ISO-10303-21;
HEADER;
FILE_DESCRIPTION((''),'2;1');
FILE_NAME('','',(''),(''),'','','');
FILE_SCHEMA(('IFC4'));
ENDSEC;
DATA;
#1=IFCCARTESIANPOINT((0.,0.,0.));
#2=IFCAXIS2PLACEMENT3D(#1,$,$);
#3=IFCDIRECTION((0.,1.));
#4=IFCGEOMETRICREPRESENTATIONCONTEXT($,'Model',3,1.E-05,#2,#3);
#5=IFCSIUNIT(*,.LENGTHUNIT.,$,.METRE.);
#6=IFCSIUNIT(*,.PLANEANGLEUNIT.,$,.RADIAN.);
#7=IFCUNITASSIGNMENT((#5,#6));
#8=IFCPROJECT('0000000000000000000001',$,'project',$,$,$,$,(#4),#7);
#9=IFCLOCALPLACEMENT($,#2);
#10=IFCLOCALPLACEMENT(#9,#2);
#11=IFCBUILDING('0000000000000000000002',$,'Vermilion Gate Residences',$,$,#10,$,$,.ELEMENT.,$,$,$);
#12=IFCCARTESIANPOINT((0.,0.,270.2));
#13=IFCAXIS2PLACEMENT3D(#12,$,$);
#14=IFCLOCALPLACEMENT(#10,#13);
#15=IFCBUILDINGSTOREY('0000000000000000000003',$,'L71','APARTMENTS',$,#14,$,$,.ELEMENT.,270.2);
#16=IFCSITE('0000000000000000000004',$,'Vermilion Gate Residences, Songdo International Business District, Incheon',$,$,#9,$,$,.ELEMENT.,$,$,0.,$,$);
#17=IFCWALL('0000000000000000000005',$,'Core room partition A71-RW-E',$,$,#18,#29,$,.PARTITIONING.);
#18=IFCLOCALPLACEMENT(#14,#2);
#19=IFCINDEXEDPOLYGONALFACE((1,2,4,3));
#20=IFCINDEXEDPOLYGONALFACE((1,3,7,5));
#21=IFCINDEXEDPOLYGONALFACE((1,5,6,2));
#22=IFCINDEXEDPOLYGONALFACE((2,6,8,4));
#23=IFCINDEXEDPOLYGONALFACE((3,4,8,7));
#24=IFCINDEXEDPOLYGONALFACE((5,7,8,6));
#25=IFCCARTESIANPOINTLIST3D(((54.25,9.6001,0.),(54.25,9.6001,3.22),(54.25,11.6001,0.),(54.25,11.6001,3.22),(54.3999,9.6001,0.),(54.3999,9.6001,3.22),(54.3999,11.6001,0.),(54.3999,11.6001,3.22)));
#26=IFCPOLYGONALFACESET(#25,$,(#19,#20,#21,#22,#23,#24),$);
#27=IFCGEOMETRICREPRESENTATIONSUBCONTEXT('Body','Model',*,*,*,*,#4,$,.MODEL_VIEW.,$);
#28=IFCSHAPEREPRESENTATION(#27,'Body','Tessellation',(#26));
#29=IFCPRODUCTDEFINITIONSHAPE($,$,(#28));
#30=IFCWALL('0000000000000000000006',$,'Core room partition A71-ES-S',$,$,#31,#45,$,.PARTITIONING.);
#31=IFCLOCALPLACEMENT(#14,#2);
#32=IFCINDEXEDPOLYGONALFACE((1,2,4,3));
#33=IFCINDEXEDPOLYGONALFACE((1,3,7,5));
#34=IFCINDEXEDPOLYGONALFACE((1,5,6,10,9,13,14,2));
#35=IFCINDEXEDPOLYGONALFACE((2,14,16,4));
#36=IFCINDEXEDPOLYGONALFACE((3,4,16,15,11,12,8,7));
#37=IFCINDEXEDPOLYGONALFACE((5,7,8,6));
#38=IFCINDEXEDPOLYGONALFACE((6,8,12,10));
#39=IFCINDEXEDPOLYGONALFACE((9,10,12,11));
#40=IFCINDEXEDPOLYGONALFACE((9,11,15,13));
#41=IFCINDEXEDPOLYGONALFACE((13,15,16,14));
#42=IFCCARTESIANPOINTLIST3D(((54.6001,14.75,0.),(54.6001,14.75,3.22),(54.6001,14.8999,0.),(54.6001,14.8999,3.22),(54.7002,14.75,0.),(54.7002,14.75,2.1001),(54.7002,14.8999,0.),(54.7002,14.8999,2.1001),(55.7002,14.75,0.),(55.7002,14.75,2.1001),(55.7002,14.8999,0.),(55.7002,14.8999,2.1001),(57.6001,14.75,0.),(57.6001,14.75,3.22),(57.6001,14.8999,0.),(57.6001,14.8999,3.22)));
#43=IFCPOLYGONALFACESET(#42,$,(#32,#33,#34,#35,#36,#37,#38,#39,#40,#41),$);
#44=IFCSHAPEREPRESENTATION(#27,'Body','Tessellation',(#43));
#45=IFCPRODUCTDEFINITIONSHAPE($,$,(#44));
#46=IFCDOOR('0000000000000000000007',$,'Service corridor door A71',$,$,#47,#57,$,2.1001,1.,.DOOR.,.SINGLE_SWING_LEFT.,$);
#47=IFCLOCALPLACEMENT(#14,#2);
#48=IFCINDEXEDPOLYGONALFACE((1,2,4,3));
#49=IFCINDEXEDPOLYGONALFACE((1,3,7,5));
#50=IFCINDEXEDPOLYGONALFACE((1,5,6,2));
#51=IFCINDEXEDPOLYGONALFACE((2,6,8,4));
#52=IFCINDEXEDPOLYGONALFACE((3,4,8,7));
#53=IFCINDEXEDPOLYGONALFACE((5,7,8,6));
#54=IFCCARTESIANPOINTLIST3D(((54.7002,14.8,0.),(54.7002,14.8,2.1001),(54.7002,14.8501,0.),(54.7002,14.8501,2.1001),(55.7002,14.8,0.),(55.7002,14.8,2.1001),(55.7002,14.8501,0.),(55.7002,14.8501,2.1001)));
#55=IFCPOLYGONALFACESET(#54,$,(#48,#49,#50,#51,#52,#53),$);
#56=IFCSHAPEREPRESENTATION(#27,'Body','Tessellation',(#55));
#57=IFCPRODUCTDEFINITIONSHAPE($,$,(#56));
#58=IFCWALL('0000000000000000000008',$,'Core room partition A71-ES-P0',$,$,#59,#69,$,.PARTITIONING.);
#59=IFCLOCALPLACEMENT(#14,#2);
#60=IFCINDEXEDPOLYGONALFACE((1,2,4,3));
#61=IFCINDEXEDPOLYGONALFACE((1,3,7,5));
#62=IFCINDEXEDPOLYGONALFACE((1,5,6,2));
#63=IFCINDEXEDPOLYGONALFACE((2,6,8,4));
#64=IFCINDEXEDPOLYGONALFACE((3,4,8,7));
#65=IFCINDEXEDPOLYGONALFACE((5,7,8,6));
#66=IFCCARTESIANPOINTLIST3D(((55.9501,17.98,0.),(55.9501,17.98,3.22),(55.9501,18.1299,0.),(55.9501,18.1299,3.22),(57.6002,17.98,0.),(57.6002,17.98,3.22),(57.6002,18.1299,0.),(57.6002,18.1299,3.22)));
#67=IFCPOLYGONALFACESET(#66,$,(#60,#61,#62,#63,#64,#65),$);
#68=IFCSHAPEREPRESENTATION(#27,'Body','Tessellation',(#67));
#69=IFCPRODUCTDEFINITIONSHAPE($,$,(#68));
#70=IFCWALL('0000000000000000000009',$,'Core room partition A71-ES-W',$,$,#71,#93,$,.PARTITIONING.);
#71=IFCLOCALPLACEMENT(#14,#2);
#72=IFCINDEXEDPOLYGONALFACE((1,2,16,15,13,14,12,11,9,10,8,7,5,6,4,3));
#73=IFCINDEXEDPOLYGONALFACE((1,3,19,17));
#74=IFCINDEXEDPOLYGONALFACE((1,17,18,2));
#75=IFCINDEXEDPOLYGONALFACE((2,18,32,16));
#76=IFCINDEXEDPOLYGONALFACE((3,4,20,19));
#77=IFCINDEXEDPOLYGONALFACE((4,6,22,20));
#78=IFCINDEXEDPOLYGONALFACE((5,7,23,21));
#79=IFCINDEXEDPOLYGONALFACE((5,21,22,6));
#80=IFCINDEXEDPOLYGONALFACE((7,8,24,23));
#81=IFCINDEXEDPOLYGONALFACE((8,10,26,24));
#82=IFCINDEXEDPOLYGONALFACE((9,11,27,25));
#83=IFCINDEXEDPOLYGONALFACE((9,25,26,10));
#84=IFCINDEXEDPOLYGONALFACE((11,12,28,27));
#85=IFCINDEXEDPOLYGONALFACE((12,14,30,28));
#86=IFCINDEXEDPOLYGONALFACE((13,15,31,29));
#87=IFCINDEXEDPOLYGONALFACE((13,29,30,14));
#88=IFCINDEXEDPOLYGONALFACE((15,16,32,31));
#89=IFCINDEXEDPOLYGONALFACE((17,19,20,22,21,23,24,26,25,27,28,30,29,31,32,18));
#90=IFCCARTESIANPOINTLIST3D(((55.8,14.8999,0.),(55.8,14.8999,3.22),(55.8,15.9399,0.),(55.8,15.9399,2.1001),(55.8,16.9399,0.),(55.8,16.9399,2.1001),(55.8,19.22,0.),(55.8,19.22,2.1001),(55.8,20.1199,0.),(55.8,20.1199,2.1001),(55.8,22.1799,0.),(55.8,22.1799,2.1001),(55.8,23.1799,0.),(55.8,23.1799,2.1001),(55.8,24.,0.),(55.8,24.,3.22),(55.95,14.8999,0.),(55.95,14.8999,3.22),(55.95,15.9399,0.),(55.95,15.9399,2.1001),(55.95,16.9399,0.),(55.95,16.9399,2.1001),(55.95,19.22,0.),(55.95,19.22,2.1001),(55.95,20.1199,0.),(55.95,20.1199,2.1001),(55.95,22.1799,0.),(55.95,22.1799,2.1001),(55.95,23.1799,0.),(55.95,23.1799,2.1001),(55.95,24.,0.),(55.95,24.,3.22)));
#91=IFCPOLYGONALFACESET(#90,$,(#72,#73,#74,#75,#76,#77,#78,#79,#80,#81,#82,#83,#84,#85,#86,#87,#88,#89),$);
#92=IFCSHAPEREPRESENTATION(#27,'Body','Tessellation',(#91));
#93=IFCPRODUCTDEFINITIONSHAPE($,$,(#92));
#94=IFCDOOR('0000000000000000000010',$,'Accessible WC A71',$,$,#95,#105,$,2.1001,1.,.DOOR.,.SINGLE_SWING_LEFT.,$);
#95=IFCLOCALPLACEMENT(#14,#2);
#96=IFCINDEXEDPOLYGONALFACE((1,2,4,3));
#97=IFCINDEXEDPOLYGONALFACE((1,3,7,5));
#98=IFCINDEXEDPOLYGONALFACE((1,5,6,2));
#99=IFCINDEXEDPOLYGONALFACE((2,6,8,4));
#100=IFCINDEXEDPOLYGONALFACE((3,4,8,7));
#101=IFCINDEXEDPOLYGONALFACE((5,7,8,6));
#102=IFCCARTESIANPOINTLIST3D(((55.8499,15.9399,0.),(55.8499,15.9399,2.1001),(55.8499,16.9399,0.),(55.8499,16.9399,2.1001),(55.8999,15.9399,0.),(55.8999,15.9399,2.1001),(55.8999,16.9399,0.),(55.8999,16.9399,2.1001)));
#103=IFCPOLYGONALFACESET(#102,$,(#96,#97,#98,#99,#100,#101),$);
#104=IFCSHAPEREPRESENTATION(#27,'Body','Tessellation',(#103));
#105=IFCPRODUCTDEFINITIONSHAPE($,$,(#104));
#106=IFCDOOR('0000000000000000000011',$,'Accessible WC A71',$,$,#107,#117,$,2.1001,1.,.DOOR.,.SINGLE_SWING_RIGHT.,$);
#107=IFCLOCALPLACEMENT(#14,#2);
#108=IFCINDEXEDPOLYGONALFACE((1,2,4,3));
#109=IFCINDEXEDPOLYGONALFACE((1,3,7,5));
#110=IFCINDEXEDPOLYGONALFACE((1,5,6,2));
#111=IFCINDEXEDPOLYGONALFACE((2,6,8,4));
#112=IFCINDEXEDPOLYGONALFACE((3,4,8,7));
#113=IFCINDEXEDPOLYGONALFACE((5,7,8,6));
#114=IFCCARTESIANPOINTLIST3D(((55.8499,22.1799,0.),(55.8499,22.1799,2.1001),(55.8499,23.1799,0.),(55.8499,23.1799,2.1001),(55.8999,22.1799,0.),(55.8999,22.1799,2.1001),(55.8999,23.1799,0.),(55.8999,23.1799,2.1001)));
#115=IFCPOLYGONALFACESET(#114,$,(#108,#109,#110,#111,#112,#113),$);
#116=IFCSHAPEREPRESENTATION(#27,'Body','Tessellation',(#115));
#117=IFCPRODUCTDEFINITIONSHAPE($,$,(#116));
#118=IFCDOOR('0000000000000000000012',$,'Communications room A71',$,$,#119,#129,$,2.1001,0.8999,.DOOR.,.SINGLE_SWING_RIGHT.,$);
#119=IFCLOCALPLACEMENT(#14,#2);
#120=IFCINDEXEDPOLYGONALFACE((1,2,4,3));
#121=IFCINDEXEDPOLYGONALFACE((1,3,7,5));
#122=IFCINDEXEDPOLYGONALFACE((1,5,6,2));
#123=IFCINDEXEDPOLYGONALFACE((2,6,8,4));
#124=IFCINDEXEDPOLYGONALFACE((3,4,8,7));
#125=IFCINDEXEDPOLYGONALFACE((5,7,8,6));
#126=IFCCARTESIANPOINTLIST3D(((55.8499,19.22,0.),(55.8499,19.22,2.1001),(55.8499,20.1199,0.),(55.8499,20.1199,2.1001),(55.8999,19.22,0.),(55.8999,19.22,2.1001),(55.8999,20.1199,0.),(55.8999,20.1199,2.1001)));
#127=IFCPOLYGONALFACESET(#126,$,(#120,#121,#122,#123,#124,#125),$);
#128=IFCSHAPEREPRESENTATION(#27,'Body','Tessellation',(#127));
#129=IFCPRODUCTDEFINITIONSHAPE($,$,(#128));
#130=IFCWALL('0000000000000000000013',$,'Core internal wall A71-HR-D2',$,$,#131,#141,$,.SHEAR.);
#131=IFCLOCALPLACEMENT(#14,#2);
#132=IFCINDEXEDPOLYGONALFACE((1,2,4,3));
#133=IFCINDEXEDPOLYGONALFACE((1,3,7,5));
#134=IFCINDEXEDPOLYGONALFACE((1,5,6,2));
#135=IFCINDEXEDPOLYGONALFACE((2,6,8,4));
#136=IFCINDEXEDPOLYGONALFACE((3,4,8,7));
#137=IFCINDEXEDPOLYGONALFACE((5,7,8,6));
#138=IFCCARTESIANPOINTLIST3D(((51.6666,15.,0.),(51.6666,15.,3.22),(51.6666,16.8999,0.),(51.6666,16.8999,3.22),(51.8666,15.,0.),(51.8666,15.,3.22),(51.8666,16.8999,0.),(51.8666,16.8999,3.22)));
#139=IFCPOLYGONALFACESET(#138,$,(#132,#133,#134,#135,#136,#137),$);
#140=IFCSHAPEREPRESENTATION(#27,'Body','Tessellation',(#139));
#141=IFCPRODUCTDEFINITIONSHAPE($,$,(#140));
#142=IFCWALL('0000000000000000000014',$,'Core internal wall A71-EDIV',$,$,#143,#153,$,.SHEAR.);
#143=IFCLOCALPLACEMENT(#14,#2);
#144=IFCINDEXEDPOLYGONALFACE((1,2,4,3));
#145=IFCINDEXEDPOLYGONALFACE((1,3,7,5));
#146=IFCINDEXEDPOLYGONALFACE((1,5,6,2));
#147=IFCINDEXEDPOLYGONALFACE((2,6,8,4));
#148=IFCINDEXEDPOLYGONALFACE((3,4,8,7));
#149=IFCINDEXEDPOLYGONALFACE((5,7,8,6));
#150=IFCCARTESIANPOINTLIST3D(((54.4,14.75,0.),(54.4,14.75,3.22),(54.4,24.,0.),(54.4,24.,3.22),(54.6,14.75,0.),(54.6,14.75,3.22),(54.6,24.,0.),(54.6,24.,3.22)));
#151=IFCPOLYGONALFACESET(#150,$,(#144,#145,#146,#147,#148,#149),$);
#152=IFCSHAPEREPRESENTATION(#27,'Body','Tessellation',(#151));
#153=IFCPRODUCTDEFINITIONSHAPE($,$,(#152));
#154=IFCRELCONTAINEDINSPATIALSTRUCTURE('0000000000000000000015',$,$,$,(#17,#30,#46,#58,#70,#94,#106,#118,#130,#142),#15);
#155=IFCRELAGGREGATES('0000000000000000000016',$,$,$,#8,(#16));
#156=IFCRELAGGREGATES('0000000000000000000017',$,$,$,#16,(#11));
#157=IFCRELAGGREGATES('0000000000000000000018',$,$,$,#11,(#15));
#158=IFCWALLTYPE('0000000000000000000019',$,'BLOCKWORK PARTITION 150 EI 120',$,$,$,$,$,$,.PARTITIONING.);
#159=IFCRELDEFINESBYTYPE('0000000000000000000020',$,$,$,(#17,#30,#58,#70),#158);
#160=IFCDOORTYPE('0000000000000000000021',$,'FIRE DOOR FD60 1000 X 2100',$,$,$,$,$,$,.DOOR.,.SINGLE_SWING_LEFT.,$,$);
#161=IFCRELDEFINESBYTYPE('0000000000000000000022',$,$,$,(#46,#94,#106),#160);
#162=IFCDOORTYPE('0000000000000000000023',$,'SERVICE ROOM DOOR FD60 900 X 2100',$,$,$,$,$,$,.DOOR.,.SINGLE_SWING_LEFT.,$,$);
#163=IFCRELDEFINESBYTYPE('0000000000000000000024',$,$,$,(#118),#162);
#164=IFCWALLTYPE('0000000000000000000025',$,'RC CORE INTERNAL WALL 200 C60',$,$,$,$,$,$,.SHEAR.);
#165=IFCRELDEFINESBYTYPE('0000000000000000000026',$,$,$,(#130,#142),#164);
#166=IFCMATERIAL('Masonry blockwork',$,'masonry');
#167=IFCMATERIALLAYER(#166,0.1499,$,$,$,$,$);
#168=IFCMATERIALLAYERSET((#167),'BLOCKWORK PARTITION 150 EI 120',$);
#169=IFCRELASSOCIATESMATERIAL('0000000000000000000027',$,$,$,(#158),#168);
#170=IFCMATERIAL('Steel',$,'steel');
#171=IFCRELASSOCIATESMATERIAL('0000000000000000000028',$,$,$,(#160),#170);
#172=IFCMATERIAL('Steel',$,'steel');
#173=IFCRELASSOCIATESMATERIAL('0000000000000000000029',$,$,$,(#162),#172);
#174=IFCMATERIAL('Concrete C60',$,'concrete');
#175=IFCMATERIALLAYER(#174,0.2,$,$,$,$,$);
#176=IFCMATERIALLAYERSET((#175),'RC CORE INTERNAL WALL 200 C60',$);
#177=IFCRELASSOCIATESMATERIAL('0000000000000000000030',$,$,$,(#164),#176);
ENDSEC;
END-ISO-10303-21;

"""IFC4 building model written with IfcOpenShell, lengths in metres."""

from ifc_helpers import new_model, si_unit, direction, frame, frame_2d, origin, place, context, subcontext, project, spatial, rectangle, extrude, material, layer, layer_set, type_object, element, fill, save


model = new_model("IFC4")

# Units and contexts
model_context = context("Model", 3, precision=1e-05, world=origin(), true_north=direction((0.0, 1.0)))
body_context = subcontext(model_context, "Body", "Model", "MODEL_VIEW")
ifc_project = project(units=[si_unit("LENGTHUNIT", "METRE"), si_unit("PLANEANGLEUNIT", "RADIAN")], contexts=[model_context])

# Site, building, storey
site_placement = place(None, origin())
site = spatial("IfcSite", under=ifc_project, at=site_placement, Name="Vermilion Gate Residences, Songdo International Business District, Incheon", CompositionType="ELEMENT", RefElevation=0.0)
building_placement = place(site_placement, origin())
building = spatial("IfcBuilding", under=site, at=building_placement, Name="Vermilion Gate Residences", CompositionType="ELEMENT")
storey_placement = place(building_placement, frame((0.0, 0.0, 270.2)))
storey = spatial("IfcBuildingStorey", under=building, at=storey_placement, Name="L71", Description="APARTMENTS", CompositionType="ELEMENT", Elevation=270.2)

# Wall
ifc_material_1 = material(Name="Masonry blockwork", Category="masonry")
ifc_layer_1 = layer(ifc_material_1, 0.1499)
ifc_layer_set_1 = layer_set([ifc_layer_1], Name="BLOCKWORK PARTITION 150 EI 120")
wall_type_1 = type_object("IfcWallType", Name="BLOCKWORK PARTITION 150 EI 120", PredefinedType="PARTITIONING", material=ifc_layer_set_1)
wall_1_placement = place(storey_placement, frame((54.325, 9.6001, 0.0), z_axis=(0.0, 0.0, 1.0), x_axis=(0.0, 1.0, 0.0)))
element("IfcWall", 1, at=wall_1_placement, inside=storey, type_object=wall_type_1, Name="Core room partition A71-RW-E", PredefinedType="PARTITIONING", context=body_context, shape_type="SweptSolid", body=[
    extrude(rectangle(XDim=2.0, YDim=0.1499, at=frame_2d((1.0, 0.0))), origin(), (0.0, 0.0, 1.0), 3.22),
])

# Wall, opening, door
wall_2_placement = place(storey_placement, frame((54.6001, 14.825, 0.0), z_axis=(0.0, 0.0, 1.0), x_axis=(1.0, 0.0, 0.0)))
wall_2 = element("IfcWall", 2, at=wall_2_placement, inside=storey, type_object=wall_type_1, Name="Core room partition A71-ES-S", PredefinedType="PARTITIONING", context=body_context, shape_type="SweptSolid", body=[
    extrude(rectangle(XDim=3.0, YDim=0.1499, at=frame_2d((1.5, 0.0))), origin(), (0.0, 0.0, 1.0), 3.22),
])
opening_1_placement = place(wall_2_placement, frame((0.1001, 0.0, 0.0)))
opening_1 = element("IfcOpeningElement", 3, at=opening_1_placement, cuts=wall_2, PredefinedType="OPENING", context=body_context, shape_type="SweptSolid", body=[
    extrude(rectangle(XDim=1.0, YDim=2.1001, at=frame_2d((0.5, 1.05))), frame((0.0, 0.085, 0.0), z_axis=(0.0, -1.0, 0.0), x_axis=(1.0, 0.0, 0.0)), (0.0, 0.0, 1.0), 0.1699),
])
ifc_material_2 = material(Name="Steel", Category="steel")
door_type_1 = type_object("IfcDoorType", Name="FIRE DOOR FD60 1000 X 2100", OperationType="SINGLE_SWING_LEFT", PredefinedType="DOOR", material=ifc_material_2)
door_1_placement = place(opening_1_placement, frame((1.0, 0.0, 0.0), z_axis=(0.0, 0.0, 1.0), x_axis=(-1.0, 0.0, 0.0)))
door_1 = element("IfcDoor", 4, at=door_1_placement, inside=storey, type_object=door_type_1, Name="Service corridor door A71", OperationType="SINGLE_SWING_LEFT", OverallHeight=2.1001, OverallWidth=1.0, PredefinedType="DOOR", context=body_context, shape_type="SweptSolid", body=[
    extrude(rectangle(XDim=1.0, YDim=2.1001, at=frame_2d((0.5, 1.05))), frame((0.0, 0.0249, 0.0), z_axis=(0.0, -1.0, 0.0), x_axis=(1.0, 0.0, 0.0)), (0.0, 0.0, 1.0), 0.05),
])
fill(opening_1, door_1)

# Wall
wall_3_placement = place(storey_placement, frame((55.95, 18.0549, 0.0), z_axis=(0.0, 0.0, 1.0), x_axis=(1.0, 0.0, 0.0)))
element("IfcWall", 5, at=wall_3_placement, inside=storey, type_object=wall_type_1, Name="Core room partition A71-ES-P0", PredefinedType="PARTITIONING", context=body_context, shape_type="SweptSolid", body=[
    extrude(rectangle(XDim=1.6501, YDim=0.1499, at=frame_2d((0.8252, 0.0))), origin(), (0.0, 0.0, 1.0), 3.22),
])

# Wall, openings, doors
wall_4_placement = place(storey_placement, frame((55.875, 14.8999, 0.0), z_axis=(0.0, 0.0, 1.0), x_axis=(0.0, 1.0, 0.0)))
wall_4 = element("IfcWall", 6, at=wall_4_placement, inside=storey, type_object=wall_type_1, Name="Core room partition A71-ES-W", PredefinedType="PARTITIONING", context=body_context, shape_type="SweptSolid", body=[
    extrude(rectangle(XDim=9.1001, YDim=0.1499, at=frame_2d((4.55, 0.0))), origin(), (0.0, 0.0, 1.0), 3.22),
])
opening_2_placement = place(wall_4_placement, frame((1.04, 0.0, 0.0)))
opening_2 = element("IfcOpeningElement", 7, at=opening_2_placement, cuts=wall_4, PredefinedType="OPENING", context=body_context, shape_type="SweptSolid", body=[
    extrude(rectangle(XDim=1.0, YDim=2.1001, at=frame_2d((0.5, 1.05))), frame((0.0, 0.085, 0.0), z_axis=(0.0, -1.0, 0.0), x_axis=(1.0, 0.0, 0.0)), (0.0, 0.0, 1.0), 0.1699),
])
opening_3_placement = place(wall_4_placement, frame((4.3201, 0.0, 0.0)))
opening_3 = element("IfcOpeningElement", 8, at=opening_3_placement, cuts=wall_4, PredefinedType="OPENING", context=body_context, shape_type="SweptSolid", body=[
    extrude(rectangle(XDim=0.8999, YDim=2.1001, at=frame_2d((0.45, 1.05))), frame((0.0, 0.085, 0.0), z_axis=(0.0, -1.0, 0.0), x_axis=(1.0, 0.0, 0.0)), (0.0, 0.0, 1.0), 0.1699),
])
opening_4_placement = place(wall_4_placement, frame((7.28, 0.0, 0.0)))
opening_4 = element("IfcOpeningElement", 9, at=opening_4_placement, cuts=wall_4, PredefinedType="OPENING", context=body_context, shape_type="SweptSolid", body=[
    extrude(rectangle(XDim=1.0, YDim=2.1001, at=frame_2d((0.5, 1.05))), frame((0.0, 0.085, 0.0), z_axis=(0.0, -1.0, 0.0), x_axis=(1.0, 0.0, 0.0)), (0.0, 0.0, 1.0), 0.1699),
])
door_2_placement = place(opening_2_placement, frame((1.0, 0.0, 0.0), z_axis=(0.0, 0.0, 1.0), x_axis=(-1.0, 0.0, 0.0)))
door_2 = element("IfcDoor", 10, at=door_2_placement, inside=storey, type_object=door_type_1, Name="Accessible WC A71", OperationType="SINGLE_SWING_LEFT", OverallHeight=2.1001, OverallWidth=1.0, PredefinedType="DOOR", context=body_context, shape_type="SweptSolid", body=[
    extrude(rectangle(XDim=1.0, YDim=2.1001, at=frame_2d((0.5, 1.05))), frame((0.0, 0.0249, 0.0), z_axis=(0.0, -1.0, 0.0), x_axis=(1.0, 0.0, 0.0)), (0.0, 0.0, 1.0), 0.05),
])
fill(opening_2, door_2)
door_3_placement = place(opening_4_placement, frame((1.0, 0.0, 0.0), z_axis=(0.0, 0.0, 1.0), x_axis=(-1.0, 0.0, 0.0)))
door_3 = element("IfcDoor", 11, at=door_3_placement, inside=storey, type_object=door_type_1, Name="Accessible WC A71", OperationType="SINGLE_SWING_RIGHT", OverallHeight=2.1001, OverallWidth=1.0, PredefinedType="DOOR", context=body_context, shape_type="SweptSolid", body=[
    extrude(rectangle(XDim=1.0, YDim=2.1001, at=frame_2d((0.5, 1.05))), frame((0.0, 0.0249, 0.0), z_axis=(0.0, -1.0, 0.0), x_axis=(1.0, 0.0, 0.0)), (0.0, 0.0, 1.0), 0.05),
])
fill(opening_4, door_3)
ifc_material_3 = material(Name="Steel", Category="steel")
door_type_2 = type_object("IfcDoorType", Name="SERVICE ROOM DOOR FD60 900 X 2100", OperationType="SINGLE_SWING_LEFT", PredefinedType="DOOR", material=ifc_material_3)
door_4_placement = place(opening_3_placement, frame((0.8999, 0.0, 0.0), z_axis=(0.0, 0.0, 1.0), x_axis=(-1.0, 0.0, 0.0)))
door_4 = element("IfcDoor", 12, at=door_4_placement, inside=storey, type_object=door_type_2, Name="Communications room A71", OperationType="SINGLE_SWING_RIGHT", OverallHeight=2.1001, OverallWidth=0.8999, PredefinedType="DOOR", context=body_context, shape_type="SweptSolid", body=[
    extrude(rectangle(XDim=0.8999, YDim=2.1001, at=frame_2d((0.45, 1.05))), frame((0.0, 0.0249, 0.0), z_axis=(0.0, -1.0, 0.0), x_axis=(1.0, 0.0, 0.0)), (0.0, 0.0, 1.0), 0.05),
])
fill(opening_3, door_4)

# Walls
ifc_material_4 = material(Name="Concrete C60", Category="concrete")
ifc_layer_2 = layer(ifc_material_4, 0.2)
ifc_layer_set_2 = layer_set([ifc_layer_2], Name="RC CORE INTERNAL WALL 200 C60")
wall_type_2 = type_object("IfcWallType", Name="RC CORE INTERNAL WALL 200 C60", PredefinedType="SHEAR", material=ifc_layer_set_2)
wall_5_placement = place(storey_placement, frame((51.7666, 15.0, 0.0), z_axis=(0.0, 0.0, 1.0), x_axis=(0.0, 1.0, 0.0)))
element("IfcWall", 13, at=wall_5_placement, inside=storey, type_object=wall_type_2, Name="Core internal wall A71-HR-D2", PredefinedType="SHEAR", context=body_context, shape_type="SweptSolid", body=[
    extrude(rectangle(XDim=1.8999, YDim=0.2, at=frame_2d((0.95, 0.0))), origin(), (0.0, 0.0, 1.0), 3.22),
])
wall_6_placement = place(storey_placement, frame((54.5, 14.75, 0.0), z_axis=(0.0, 0.0, 1.0), x_axis=(0.0, 1.0, 0.0)))
element("IfcWall", 14, at=wall_6_placement, inside=storey, type_object=wall_type_2, Name="Core internal wall A71-EDIV", PredefinedType="SHEAR", context=body_context, shape_type="SweptSolid", body=[
    extrude(rectangle(XDim=9.25, YDim=0.2, at=frame_2d((4.625, 0.0))), origin(), (0.0, 0.0, 1.0), 3.22),
])

save(model, "model.ifc")
